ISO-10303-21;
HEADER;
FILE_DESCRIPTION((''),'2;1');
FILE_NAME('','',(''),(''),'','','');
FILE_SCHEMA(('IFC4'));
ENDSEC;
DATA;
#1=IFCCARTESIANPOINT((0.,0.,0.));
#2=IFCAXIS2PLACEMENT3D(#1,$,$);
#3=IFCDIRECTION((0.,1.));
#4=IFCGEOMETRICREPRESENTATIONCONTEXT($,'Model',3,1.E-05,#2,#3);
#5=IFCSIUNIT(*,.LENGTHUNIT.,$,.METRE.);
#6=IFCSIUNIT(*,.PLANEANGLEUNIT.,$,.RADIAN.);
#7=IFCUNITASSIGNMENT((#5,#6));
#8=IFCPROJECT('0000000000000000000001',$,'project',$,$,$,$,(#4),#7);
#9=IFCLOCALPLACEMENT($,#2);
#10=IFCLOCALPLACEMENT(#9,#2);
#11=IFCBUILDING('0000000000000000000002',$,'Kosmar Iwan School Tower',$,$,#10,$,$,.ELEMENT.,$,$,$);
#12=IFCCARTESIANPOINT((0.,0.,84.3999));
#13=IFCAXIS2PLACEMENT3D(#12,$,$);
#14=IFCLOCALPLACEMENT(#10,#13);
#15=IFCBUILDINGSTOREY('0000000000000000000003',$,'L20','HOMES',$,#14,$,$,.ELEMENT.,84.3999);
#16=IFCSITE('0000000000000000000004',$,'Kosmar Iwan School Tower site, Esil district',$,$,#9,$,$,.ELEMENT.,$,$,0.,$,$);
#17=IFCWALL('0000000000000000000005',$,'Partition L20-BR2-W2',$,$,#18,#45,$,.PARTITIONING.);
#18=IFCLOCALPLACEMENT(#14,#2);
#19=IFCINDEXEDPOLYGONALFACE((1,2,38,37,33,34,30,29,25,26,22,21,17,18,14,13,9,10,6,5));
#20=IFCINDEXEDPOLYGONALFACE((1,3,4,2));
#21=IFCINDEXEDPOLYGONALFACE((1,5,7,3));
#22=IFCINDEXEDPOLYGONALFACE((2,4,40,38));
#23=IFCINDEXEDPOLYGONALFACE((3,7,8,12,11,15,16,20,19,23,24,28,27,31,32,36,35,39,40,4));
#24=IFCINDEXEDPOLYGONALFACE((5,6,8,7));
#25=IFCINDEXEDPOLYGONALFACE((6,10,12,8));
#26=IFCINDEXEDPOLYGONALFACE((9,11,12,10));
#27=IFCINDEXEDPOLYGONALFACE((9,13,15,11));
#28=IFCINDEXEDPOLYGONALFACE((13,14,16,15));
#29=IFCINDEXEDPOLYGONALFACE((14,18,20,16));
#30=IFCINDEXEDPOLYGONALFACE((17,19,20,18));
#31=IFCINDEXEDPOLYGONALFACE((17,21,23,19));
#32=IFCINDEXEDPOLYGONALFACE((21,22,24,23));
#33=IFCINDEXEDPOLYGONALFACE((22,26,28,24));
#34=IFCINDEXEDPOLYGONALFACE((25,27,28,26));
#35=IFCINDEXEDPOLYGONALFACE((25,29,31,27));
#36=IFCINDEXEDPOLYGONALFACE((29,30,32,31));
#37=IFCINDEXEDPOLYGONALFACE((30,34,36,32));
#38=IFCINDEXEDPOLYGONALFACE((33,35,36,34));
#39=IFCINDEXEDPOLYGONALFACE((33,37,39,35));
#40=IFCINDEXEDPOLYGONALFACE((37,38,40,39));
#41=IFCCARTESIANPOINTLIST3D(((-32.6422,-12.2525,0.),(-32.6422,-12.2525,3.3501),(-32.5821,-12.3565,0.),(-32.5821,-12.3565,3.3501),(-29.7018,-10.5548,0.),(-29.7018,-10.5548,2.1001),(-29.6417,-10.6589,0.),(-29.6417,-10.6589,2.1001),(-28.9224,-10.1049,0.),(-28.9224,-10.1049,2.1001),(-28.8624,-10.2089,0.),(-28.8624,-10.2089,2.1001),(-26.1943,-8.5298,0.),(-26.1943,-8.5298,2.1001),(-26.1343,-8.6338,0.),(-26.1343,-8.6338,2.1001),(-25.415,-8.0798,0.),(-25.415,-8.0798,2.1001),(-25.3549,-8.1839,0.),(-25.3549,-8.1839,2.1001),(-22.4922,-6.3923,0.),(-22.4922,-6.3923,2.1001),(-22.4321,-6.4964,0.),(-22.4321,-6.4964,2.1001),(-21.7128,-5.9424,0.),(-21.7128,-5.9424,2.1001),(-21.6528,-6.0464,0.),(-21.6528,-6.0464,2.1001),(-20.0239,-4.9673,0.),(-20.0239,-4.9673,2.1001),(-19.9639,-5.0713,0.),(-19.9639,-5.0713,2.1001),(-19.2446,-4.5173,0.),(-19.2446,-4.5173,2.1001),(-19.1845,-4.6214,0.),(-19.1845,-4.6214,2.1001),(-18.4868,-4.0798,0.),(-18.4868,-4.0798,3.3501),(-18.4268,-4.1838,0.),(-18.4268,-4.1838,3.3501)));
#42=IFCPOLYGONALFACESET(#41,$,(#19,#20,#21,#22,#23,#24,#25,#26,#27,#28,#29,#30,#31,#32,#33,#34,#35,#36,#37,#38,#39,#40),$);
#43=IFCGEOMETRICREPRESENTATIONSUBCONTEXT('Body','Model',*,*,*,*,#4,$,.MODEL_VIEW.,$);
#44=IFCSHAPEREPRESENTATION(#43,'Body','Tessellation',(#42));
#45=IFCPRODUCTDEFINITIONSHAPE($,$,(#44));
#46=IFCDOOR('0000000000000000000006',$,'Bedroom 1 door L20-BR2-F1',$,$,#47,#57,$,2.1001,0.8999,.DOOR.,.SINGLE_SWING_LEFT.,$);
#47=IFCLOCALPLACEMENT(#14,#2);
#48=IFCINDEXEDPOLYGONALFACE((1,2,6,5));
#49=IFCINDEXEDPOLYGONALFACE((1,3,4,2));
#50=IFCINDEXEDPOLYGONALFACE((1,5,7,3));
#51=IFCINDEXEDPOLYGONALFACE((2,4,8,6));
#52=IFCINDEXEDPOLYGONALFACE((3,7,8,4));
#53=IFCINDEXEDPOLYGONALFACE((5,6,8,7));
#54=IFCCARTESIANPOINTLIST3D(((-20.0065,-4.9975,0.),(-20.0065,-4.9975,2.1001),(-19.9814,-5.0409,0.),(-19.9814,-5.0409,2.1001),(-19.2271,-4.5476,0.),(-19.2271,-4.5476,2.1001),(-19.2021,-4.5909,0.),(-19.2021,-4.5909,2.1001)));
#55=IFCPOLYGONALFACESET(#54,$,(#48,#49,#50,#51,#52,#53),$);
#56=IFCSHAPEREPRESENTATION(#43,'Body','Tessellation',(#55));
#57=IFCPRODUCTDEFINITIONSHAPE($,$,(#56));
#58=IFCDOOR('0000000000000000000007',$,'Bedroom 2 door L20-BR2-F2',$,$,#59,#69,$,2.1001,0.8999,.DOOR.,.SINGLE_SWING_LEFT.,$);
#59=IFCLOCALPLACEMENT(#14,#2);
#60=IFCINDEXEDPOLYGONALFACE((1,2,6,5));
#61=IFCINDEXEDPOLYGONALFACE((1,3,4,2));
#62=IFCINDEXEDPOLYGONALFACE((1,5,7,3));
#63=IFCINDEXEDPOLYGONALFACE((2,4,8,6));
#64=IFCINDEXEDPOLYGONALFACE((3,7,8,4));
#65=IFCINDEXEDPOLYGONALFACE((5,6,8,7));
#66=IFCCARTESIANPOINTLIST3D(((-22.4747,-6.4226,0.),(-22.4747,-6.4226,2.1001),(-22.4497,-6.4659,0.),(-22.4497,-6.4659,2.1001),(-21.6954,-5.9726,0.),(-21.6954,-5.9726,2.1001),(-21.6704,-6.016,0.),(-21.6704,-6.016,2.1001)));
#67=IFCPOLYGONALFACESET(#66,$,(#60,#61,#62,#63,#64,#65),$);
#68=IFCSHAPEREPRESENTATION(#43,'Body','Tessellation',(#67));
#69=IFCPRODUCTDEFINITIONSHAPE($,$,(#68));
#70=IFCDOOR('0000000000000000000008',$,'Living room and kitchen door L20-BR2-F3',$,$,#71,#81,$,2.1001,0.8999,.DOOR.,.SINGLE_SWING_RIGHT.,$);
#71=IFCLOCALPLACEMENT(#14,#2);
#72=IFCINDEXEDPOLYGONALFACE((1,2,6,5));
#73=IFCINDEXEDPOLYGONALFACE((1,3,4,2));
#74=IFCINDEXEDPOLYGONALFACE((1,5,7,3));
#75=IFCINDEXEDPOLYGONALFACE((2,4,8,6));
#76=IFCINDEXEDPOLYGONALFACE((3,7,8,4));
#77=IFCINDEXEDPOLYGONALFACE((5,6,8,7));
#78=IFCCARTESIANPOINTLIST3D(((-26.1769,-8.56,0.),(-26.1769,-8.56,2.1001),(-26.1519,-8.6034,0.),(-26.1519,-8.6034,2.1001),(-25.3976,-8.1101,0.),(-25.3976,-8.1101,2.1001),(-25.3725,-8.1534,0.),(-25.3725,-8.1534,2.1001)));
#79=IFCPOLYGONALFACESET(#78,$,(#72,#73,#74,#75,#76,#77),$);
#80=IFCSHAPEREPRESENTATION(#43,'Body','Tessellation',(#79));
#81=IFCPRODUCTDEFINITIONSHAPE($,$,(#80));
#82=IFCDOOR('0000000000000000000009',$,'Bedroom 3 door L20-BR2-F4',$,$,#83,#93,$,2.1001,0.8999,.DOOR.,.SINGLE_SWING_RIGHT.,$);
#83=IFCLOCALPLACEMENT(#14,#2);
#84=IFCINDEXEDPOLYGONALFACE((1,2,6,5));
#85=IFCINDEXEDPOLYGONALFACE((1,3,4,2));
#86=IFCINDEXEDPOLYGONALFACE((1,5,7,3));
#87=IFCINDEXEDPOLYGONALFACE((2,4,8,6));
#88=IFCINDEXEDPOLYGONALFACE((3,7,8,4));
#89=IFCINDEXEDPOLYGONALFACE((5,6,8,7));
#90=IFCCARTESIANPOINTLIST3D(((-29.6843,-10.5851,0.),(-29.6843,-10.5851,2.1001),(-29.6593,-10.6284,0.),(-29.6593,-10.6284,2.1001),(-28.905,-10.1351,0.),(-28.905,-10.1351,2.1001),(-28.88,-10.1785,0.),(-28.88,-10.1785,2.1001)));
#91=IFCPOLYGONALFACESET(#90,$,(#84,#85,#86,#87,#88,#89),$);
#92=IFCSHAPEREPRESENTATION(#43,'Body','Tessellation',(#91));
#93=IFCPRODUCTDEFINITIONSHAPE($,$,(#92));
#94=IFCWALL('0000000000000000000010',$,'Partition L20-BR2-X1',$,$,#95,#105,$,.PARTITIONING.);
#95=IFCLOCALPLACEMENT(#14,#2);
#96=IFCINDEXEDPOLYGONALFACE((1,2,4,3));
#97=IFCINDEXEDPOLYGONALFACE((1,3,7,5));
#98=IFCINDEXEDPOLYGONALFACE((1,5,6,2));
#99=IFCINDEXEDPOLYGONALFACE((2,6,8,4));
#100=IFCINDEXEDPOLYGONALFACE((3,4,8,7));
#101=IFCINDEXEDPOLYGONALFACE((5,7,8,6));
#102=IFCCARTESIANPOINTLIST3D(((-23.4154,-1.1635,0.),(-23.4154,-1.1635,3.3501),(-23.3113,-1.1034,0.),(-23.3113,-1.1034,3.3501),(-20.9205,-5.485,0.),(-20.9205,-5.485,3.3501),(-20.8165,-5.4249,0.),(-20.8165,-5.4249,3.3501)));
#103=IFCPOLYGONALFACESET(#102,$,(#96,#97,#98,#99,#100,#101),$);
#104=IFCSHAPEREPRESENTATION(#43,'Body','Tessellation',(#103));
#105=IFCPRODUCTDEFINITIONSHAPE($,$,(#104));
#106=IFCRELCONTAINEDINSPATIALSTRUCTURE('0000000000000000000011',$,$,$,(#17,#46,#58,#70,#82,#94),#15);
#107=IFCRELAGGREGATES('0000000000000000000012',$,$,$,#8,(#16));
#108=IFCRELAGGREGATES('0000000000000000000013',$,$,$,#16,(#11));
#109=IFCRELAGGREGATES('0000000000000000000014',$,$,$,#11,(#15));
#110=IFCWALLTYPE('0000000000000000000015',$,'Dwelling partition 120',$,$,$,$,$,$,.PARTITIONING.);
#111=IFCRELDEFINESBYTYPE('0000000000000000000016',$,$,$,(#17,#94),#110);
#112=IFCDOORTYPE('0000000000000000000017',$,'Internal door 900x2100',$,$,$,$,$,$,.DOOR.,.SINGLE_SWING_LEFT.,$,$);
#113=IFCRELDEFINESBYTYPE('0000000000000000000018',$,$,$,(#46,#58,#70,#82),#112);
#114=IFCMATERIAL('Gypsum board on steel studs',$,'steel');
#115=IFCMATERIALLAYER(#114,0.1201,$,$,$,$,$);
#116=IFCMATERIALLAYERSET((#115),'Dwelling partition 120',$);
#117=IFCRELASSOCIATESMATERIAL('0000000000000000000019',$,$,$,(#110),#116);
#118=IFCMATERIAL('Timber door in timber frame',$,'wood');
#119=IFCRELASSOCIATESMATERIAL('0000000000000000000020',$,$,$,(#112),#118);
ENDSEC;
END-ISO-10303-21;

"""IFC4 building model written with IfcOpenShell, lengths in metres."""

from ifc_helpers import new_model, si_unit, direction, frame, frame_2d, origin, place, context, subcontext, project, spatial, rectangle, extrude, material, layer, layer_set, type_object, element, fill, save


model = new_model("IFC4")

# Units and contexts
model_context = context("Model", 3, precision=1e-05, world=origin(), true_north=direction((0.0, 1.0)))
body_context = subcontext(model_context, "Body", "Model", "MODEL_VIEW")
ifc_project = project(units=[si_unit("LENGTHUNIT", "METRE"), si_unit("PLANEANGLEUNIT", "RADIAN")], contexts=[model_context])

# Site, building, storey
site_placement = place(None, origin())
site = spatial("IfcSite", under=ifc_project, at=site_placement, Name="Kosmar Iwan School Tower site, Esil district", CompositionType="ELEMENT", RefElevation=0.0)
building_placement = place(site_placement, origin())
building = spatial("IfcBuilding", under=site, at=building_placement, Name="Kosmar Iwan School Tower", CompositionType="ELEMENT")
storey_placement = place(building_placement, frame((0.0, 0.0, 84.3999)))
storey = spatial("IfcBuildingStorey", under=building, at=storey_placement, Name="L20", Description="HOMES", CompositionType="ELEMENT", Elevation=84.3999)

# Shared definitions
ifc_material_1 = material(Name="Gypsum board on steel studs", Category="steel")
ifc_layer = layer(ifc_material_1, 0.1201)
ifc_layer_set = layer_set([ifc_layer], Name="Dwelling partition 120")
wall_type = type_object("IfcWallType", Name="Dwelling partition 120", PredefinedType="PARTITIONING", material=ifc_layer_set)

# Wall, openings, doors
ifc_material_2 = material(Name="Timber door in timber frame", Category="wood")
door_type_1 = type_object("IfcDoorType", Name="Internal door 900x2100", OperationType="SINGLE_SWING_LEFT", PredefinedType="DOOR", material=ifc_material_2)
wall_1_placement = place(storey_placement, frame((-18.4568, -4.1318, 0.0), z_axis=(0.0, 0.0, 1.0), x_axis=(-0.866024, -0.500003, 0.0)))
wall_1 = element("IfcWall", 1, at=wall_1_placement, inside=storey, type_object=wall_type, Name="Partition L20-BR2-W2", PredefinedType="PARTITIONING", context=body_context, shape_type="SweptSolid", body=[
    extrude(rectangle(XDim=16.3452, YDim=0.1201, at=frame_2d((8.1726, 0.0))), origin(), (0.0, 0.0, 1.0), 3.3501),
])
opening_1_placement = place(wall_1_placement, frame((0.875, 0.0, 0.0)))
opening_1 = element("IfcOpeningElement", 2, at=opening_1_placement, cuts=wall_1, PredefinedType="OPENING", context=body_context, shape_type="SweptSolid", body=[
    extrude(rectangle(XDim=0.8999, YDim=2.1001, at=frame_2d((0.45, 1.05))), frame((0.0, 0.072, 0.0), z_axis=(0.0, -1.0, 0.0), x_axis=(1.0, 0.0, 0.0)), (0.0, 0.0, 1.0), 0.144),
])
opening_2_placement = place(wall_1_placement, frame((3.7251, 0.0, 0.0)))
opening_2 = element("IfcOpeningElement", 3, at=opening_2_placement, cuts=wall_1, PredefinedType="OPENING", context=body_context, shape_type="SweptSolid", body=[
    extrude(rectangle(XDim=0.8999, YDim=2.1001, at=frame_2d((0.45, 1.05))), frame((0.0, 0.072, 0.0), z_axis=(0.0, -1.0, 0.0), x_axis=(1.0, 0.0, 0.0)), (0.0, 0.0, 1.0), 0.144),
])
opening_3_placement = place(wall_1_placement, frame((8.0, 0.0, 0.0)))
opening_3 = element("IfcOpeningElement", 4, at=opening_3_placement, cuts=wall_1, PredefinedType="OPENING", context=body_context, shape_type="SweptSolid", body=[
    extrude(rectangle(XDim=0.8999, YDim=2.1001, at=frame_2d((0.45, 1.05))), frame((0.0, 0.072, 0.0), z_axis=(0.0, -1.0, 0.0), x_axis=(1.0, 0.0, 0.0)), (0.0, 0.0, 1.0), 0.144),
])
opening_4_placement = place(wall_1_placement, frame((12.05, 0.0, 0.0)))
opening_4 = element("IfcOpeningElement", 5, at=opening_4_placement, cuts=wall_1, PredefinedType="OPENING", context=body_context, shape_type="SweptSolid", body=[
    extrude(rectangle(XDim=0.8999, YDim=2.1001, at=frame_2d((0.45, 1.05))), frame((0.0, 0.072, 0.0), z_axis=(0.0, -1.0, 0.0), x_axis=(1.0, 0.0, 0.0)), (0.0, 0.0, 1.0), 0.144),
])
door_1_placement = place(opening_1_placement, origin())
door_1 = element("IfcDoor", 6, at=door_1_placement, inside=storey, type_object=door_type_1, Name="Bedroom 1 door L20-BR2-F1", OperationType="SINGLE_SWING_LEFT", OverallHeight=2.1001, OverallWidth=0.8999, PredefinedType="DOOR", context=body_context, shape_type="SweptSolid", body=[
    extrude(rectangle(XDim=0.8999, YDim=2.1001, at=frame_2d((0.45, 1.05))), frame((0.0, 0.0249, 0.0), z_axis=(0.0, -1.0, 0.0), x_axis=(1.0, 0.0, 0.0)), (0.0, 0.0, 1.0), 0.05),
])
fill(opening_1, door_1)
door_2_placement = place(opening_2_placement, origin())
door_2 = element("IfcDoor", 7, at=door_2_placement, inside=storey, type_object=door_type_1, Name="Bedroom 2 door L20-BR2-F2", OperationType="SINGLE_SWING_LEFT", OverallHeight=2.1001, OverallWidth=0.8999, PredefinedType="DOOR", context=body_context, shape_type="SweptSolid", body=[
    extrude(rectangle(XDim=0.8999, YDim=2.1001, at=frame_2d((0.45, 1.05))), frame((0.0, 0.0249, 0.0), z_axis=(0.0, -1.0, 0.0), x_axis=(1.0, 0.0, 0.0)), (0.0, 0.0, 1.0), 0.05),
])
fill(opening_2, door_2)
door_3_placement = place(opening_3_placement, origin())
door_3 = element("IfcDoor", 8, at=door_3_placement, inside=storey, type_object=door_type_1, Name="Living room and kitchen door L20-BR2-F3", OperationType="SINGLE_SWING_RIGHT", OverallHeight=2.1001, OverallWidth=0.8999, PredefinedType="DOOR", context=body_context, shape_type="SweptSolid", body=[
    extrude(rectangle(XDim=0.8999, YDim=2.1001, at=frame_2d((0.45, 1.05))), frame((0.0, 0.0249, 0.0), z_axis=(0.0, -1.0, 0.0), x_axis=(1.0, 0.0, 0.0)), (0.0, 0.0, 1.0), 0.05),
])
fill(opening_3, door_3)
door_4_placement = place(opening_4_placement, origin())
door_4 = element("IfcDoor", 9, at=door_4_placement, inside=storey, type_object=door_type_1, Name="Bedroom 3 door L20-BR2-F4", OperationType="SINGLE_SWING_RIGHT", OverallHeight=2.1001, OverallWidth=0.8999, PredefinedType="DOOR", context=body_context, shape_type="SweptSolid", body=[
    extrude(rectangle(XDim=0.8999, YDim=2.1001, at=frame_2d((0.45, 1.05))), frame((0.0, 0.0249, 0.0), z_axis=(0.0, -1.0, 0.0), x_axis=(1.0, 0.0, 0.0)), (0.0, 0.0, 1.0), 0.05),
])
fill(opening_4, door_4)

# Wall
wall_2_placement = place(storey_placement, frame((-20.8684, -5.4551, 0.0), z_axis=(0.0, 0.0, 1.0), x_axis=(-0.499975, 0.86604, 0.0)))
element("IfcWall", 10, at=wall_2_placement, inside=storey, type_object=wall_type, Name="Partition L20-BR2-X1", PredefinedType="PARTITIONING", context=body_context, shape_type="SweptSolid", body=[
    extrude(rectangle(XDim=4.99, YDim=0.1201, at=frame_2d((2.4951, 0.0))), origin(), (0.0, 0.0, 1.0), 3.3501),
])

save(model, "model.ifc")
